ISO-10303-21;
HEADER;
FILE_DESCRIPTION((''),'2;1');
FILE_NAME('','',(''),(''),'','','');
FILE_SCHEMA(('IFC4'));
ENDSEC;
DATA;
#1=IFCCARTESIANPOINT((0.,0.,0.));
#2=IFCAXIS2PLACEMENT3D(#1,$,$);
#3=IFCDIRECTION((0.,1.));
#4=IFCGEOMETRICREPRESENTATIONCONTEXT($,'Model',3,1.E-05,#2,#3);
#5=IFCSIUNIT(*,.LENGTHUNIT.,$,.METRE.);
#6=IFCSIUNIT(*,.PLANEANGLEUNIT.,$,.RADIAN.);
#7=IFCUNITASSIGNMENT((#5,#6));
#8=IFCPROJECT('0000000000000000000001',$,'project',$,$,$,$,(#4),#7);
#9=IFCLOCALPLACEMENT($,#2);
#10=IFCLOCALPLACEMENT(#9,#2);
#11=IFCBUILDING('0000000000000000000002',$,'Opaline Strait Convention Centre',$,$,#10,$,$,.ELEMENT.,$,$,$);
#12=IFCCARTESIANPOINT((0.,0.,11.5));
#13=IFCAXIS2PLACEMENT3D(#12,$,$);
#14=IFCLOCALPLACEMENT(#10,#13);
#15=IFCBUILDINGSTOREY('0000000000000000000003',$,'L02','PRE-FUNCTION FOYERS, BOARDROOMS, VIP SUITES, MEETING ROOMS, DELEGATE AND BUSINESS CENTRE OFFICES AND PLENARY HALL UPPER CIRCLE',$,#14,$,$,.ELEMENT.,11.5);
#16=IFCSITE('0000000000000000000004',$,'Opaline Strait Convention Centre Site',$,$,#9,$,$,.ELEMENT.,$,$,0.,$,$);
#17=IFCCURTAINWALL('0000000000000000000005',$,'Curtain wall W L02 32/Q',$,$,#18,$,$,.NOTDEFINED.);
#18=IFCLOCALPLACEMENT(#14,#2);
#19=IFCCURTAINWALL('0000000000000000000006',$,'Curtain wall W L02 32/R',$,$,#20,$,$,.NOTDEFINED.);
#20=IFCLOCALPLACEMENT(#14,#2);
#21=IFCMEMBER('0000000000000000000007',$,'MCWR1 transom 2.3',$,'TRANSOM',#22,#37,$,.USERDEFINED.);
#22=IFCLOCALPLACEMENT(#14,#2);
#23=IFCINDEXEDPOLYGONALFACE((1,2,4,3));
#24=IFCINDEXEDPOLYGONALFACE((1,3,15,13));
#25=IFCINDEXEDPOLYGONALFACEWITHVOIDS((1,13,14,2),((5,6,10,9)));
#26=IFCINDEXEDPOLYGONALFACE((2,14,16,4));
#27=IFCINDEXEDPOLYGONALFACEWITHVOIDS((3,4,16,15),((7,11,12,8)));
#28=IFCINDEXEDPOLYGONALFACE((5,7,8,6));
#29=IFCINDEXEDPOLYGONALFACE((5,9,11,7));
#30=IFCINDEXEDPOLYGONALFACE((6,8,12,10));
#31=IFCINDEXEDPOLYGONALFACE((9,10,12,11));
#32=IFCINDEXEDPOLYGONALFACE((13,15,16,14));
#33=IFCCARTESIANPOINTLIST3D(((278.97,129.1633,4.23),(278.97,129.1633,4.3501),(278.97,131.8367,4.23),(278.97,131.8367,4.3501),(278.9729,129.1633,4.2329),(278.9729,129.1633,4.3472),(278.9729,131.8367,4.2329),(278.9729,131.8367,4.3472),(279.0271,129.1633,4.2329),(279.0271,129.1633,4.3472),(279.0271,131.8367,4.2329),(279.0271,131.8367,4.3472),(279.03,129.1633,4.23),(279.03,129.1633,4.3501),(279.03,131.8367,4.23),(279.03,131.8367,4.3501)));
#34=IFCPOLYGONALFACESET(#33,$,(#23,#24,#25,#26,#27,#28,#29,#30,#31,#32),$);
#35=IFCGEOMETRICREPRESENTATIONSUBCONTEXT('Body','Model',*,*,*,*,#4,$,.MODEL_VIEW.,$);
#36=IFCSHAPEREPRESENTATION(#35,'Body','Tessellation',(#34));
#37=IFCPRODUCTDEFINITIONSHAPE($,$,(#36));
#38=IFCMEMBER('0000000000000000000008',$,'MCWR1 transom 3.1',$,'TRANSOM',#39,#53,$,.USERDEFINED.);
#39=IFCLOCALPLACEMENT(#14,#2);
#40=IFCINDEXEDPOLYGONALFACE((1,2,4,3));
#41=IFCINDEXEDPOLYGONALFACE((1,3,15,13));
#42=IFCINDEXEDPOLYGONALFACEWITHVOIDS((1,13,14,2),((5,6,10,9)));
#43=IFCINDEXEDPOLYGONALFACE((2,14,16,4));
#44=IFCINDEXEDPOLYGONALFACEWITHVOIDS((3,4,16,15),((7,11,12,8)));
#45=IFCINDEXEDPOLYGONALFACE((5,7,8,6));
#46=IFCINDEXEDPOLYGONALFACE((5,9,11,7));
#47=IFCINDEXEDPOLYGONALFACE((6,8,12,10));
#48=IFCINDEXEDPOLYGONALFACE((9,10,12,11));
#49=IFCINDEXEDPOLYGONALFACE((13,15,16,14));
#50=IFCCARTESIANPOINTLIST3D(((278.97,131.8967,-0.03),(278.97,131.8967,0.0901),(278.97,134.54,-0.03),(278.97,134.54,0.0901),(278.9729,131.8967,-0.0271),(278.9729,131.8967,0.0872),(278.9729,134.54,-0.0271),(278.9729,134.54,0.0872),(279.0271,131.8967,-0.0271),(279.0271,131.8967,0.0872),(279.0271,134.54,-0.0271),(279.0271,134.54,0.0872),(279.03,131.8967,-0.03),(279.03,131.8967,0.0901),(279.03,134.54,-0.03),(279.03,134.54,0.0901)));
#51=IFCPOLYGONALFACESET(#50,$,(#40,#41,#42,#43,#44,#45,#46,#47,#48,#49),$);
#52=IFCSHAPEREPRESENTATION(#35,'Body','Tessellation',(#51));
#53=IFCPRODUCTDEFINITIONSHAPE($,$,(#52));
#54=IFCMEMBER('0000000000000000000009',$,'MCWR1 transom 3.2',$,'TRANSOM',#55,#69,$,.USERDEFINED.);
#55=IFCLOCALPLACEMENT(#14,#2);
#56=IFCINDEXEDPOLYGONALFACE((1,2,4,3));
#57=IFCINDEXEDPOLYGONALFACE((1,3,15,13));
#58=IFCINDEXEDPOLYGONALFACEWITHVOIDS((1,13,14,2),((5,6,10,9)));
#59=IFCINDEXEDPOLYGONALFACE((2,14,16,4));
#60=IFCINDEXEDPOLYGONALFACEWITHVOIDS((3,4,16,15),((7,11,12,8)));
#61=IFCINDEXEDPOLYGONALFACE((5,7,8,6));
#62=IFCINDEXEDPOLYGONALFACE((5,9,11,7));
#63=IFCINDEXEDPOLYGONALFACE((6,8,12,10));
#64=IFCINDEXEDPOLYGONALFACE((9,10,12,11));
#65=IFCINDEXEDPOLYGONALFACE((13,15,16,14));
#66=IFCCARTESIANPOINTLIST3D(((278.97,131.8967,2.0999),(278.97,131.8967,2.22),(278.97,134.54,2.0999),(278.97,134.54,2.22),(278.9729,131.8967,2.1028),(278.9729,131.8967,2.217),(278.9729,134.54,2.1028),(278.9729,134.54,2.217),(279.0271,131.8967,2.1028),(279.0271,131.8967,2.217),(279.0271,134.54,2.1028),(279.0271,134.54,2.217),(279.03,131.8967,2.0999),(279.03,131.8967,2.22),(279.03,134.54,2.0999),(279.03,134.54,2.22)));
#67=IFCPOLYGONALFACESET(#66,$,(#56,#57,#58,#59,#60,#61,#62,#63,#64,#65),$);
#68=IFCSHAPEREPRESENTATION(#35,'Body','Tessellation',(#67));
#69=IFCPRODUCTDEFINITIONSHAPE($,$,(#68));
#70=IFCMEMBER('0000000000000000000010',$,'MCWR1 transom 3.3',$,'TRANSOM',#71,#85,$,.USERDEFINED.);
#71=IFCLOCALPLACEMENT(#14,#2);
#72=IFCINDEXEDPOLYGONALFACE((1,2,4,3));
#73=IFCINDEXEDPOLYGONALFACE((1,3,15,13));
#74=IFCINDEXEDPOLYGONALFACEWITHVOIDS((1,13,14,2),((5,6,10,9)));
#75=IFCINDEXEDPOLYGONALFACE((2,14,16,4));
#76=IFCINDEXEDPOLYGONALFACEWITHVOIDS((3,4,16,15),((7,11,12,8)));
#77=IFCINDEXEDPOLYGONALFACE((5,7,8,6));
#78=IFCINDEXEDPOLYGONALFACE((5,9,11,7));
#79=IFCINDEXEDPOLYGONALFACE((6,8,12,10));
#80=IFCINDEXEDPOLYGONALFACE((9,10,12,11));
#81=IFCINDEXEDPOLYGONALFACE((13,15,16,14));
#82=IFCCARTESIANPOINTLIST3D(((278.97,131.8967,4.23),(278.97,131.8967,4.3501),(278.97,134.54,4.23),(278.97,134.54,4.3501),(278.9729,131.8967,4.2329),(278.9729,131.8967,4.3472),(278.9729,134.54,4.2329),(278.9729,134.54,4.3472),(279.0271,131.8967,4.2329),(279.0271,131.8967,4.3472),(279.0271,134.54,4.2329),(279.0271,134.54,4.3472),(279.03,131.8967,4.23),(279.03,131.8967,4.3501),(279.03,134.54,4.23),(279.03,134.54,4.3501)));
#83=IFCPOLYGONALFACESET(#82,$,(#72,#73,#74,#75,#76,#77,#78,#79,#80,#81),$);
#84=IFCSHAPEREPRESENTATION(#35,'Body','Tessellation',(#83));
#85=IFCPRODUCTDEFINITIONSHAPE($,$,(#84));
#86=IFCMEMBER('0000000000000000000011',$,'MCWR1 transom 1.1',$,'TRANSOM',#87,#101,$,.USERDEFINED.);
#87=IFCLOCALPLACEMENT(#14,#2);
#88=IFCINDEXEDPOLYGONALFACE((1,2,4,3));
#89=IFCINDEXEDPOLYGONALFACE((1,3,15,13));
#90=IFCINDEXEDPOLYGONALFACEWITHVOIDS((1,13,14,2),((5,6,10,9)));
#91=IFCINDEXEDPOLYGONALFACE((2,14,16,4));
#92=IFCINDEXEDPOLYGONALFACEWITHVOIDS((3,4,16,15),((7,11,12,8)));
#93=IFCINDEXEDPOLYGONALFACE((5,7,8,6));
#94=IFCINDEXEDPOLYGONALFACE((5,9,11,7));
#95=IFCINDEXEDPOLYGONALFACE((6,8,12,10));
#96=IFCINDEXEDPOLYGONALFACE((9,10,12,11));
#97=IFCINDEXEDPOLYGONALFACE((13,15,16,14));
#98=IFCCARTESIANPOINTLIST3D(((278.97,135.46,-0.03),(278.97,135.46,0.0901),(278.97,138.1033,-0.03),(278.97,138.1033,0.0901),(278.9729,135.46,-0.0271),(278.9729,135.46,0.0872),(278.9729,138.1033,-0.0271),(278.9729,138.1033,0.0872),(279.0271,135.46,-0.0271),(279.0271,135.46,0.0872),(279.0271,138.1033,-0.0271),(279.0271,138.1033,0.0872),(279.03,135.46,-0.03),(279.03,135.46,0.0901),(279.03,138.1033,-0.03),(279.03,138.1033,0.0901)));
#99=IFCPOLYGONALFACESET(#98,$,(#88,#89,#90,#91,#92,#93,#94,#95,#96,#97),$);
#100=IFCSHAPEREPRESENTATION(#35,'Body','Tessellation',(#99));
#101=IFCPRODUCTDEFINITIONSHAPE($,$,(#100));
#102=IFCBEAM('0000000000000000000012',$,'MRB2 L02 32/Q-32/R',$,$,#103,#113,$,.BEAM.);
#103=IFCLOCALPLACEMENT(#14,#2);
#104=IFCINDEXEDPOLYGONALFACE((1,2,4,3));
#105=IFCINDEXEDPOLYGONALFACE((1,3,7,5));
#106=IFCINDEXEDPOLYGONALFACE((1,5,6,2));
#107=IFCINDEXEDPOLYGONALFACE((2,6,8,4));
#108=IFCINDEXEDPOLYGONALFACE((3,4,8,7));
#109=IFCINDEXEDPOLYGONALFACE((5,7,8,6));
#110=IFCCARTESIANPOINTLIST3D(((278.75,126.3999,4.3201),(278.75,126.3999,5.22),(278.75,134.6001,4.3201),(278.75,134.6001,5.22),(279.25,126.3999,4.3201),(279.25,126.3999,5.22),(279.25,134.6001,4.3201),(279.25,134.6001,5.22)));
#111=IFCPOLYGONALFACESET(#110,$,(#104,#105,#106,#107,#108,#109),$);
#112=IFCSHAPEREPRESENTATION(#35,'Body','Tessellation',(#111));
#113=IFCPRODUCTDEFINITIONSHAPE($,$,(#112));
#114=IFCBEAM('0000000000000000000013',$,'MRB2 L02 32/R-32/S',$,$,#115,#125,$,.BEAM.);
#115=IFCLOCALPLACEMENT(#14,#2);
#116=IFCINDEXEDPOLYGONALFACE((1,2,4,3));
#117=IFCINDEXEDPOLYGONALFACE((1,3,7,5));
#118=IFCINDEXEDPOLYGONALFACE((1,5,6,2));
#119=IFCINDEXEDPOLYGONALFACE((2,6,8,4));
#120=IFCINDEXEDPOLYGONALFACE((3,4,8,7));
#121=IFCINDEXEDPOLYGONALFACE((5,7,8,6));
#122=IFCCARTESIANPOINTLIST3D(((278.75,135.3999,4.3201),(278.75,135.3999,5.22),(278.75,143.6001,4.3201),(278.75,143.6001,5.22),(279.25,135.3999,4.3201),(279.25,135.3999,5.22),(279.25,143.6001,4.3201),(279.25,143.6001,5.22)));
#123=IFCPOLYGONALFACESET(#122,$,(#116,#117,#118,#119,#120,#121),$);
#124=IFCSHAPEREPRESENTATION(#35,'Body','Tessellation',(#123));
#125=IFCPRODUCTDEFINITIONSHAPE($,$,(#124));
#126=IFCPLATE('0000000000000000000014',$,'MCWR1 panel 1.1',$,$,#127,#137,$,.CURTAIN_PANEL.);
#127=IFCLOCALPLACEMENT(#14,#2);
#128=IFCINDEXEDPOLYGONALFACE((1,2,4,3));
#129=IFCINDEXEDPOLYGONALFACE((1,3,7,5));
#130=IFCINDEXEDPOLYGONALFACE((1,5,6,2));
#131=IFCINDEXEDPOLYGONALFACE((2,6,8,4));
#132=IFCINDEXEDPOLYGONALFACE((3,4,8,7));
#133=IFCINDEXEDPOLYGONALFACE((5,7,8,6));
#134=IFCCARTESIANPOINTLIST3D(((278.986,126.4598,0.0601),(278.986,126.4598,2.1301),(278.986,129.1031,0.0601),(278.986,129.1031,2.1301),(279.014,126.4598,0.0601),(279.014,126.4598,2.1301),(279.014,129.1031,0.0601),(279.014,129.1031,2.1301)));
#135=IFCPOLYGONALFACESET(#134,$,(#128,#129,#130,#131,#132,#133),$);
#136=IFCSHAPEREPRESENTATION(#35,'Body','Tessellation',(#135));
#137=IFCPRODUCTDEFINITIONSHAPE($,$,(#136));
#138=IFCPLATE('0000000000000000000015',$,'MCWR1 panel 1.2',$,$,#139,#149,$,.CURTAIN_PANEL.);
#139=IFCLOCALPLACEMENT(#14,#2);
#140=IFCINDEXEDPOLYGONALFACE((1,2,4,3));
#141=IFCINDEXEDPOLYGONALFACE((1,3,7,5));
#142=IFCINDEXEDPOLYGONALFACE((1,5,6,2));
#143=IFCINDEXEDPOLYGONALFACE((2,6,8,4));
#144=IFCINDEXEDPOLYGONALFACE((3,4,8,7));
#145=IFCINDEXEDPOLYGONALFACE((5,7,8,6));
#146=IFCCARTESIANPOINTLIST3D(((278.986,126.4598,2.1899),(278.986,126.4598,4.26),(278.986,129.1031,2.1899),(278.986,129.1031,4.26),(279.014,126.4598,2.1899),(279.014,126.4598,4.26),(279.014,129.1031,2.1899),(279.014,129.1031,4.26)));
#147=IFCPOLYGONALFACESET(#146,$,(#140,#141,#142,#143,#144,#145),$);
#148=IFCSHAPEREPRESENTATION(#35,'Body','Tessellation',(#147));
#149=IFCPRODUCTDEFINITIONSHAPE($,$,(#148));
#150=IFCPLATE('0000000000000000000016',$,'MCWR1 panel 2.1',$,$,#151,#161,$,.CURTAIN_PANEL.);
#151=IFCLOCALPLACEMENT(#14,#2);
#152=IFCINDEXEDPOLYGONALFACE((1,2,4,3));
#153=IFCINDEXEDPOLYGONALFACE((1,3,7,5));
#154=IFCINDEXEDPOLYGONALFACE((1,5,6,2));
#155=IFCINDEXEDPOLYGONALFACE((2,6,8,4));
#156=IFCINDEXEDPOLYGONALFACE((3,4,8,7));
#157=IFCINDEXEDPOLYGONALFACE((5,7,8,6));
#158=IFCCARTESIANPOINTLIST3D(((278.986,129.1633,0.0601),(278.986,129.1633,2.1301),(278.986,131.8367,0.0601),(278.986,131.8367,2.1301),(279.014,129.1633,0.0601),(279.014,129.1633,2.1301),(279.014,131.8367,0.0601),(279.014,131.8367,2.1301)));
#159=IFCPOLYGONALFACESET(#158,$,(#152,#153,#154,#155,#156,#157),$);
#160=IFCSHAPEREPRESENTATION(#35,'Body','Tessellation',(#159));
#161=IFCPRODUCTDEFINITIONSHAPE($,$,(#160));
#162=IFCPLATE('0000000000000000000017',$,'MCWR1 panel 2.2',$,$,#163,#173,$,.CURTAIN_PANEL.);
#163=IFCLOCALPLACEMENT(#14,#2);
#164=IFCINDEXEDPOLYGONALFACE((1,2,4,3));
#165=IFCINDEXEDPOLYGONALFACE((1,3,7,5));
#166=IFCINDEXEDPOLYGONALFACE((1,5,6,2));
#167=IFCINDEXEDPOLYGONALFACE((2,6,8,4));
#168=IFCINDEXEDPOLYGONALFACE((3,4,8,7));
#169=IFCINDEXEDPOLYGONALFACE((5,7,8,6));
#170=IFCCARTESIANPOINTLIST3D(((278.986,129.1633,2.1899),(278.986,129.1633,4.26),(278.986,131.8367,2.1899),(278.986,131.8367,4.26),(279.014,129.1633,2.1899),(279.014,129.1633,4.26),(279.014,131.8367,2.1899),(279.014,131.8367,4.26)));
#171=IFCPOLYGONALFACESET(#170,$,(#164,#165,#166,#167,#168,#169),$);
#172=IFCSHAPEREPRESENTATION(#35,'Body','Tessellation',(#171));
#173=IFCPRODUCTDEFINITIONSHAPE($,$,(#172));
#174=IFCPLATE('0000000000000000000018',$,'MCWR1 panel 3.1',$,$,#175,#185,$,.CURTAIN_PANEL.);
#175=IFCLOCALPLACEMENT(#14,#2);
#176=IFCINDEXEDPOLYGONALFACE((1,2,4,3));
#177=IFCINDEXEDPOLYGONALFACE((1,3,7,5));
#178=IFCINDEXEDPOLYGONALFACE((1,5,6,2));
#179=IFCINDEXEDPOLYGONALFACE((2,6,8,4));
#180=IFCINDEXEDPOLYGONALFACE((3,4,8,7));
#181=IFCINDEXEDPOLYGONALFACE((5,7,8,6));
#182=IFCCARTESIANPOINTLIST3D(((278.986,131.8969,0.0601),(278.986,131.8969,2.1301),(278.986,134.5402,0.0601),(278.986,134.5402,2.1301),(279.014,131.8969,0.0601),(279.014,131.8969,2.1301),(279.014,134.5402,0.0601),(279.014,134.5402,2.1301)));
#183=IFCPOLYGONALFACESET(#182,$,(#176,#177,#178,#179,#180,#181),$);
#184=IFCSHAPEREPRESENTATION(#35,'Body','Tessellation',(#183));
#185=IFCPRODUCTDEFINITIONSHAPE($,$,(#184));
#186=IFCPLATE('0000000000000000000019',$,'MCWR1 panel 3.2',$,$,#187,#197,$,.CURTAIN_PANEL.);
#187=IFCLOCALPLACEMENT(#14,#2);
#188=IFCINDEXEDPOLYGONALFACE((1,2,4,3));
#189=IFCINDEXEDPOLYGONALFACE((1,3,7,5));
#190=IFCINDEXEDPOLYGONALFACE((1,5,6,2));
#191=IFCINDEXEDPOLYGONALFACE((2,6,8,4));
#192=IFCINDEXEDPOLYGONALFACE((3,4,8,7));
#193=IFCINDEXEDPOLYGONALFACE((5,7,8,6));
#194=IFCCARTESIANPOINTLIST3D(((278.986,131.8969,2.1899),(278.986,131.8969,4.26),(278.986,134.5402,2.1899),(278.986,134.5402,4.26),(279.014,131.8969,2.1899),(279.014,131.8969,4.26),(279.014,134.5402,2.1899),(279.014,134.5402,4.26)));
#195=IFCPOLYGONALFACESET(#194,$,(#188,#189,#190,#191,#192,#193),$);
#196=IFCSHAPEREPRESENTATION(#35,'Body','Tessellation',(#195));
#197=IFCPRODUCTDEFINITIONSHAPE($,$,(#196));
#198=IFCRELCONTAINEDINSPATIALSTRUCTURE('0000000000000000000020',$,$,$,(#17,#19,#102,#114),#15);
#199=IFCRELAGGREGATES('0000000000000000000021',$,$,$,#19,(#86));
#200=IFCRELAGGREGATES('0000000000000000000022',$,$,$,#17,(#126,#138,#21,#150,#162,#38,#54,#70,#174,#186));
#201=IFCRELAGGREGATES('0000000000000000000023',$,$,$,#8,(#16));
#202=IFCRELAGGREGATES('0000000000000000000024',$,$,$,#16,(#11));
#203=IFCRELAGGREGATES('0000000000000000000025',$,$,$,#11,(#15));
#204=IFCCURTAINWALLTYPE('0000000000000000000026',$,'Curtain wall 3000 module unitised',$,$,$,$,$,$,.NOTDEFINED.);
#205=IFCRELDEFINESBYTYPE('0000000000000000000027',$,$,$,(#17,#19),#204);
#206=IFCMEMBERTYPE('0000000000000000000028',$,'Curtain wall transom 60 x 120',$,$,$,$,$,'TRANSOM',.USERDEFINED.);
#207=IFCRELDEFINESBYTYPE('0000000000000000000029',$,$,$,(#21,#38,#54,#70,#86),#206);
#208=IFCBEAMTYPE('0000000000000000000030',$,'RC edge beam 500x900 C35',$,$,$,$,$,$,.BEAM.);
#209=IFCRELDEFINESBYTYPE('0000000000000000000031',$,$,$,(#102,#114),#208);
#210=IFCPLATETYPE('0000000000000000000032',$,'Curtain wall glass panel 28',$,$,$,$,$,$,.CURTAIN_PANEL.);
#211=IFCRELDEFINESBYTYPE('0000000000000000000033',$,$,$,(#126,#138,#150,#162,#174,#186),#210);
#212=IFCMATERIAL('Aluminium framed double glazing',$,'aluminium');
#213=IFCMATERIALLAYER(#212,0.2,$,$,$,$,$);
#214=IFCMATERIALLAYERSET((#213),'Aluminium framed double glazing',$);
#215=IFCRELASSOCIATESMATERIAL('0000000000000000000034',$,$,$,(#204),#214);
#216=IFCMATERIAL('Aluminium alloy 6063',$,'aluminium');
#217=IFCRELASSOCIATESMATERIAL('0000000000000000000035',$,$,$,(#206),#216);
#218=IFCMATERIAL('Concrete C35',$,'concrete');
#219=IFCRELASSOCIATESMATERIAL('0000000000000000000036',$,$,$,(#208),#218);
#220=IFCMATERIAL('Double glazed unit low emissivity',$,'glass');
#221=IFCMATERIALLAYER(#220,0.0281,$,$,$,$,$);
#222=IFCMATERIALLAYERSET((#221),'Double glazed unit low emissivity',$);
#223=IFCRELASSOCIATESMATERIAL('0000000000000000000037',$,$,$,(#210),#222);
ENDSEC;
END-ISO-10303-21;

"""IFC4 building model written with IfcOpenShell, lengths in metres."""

from ifc_helpers import new_model, si_unit, direction, frame, origin, origin_2d, place, context, subcontext, project, spatial, rectangle, hollow_rectangle, extrude, material, layer, layer_set, material_profile, profile_set, type_object, element, aggregate, save


model = new_model("IFC4")

# Units and contexts
model_context = context("Model", 3, precision=1e-05, world=origin(), true_north=direction((0.0, 1.0)))
body_context = subcontext(model_context, "Body", "Model", "MODEL_VIEW")
ifc_project = project(units=[si_unit("LENGTHUNIT", "METRE"), si_unit("PLANEANGLEUNIT", "RADIAN")], contexts=[model_context])

# Site, building, storey
site_placement = place(None, origin())
site = spatial("IfcSite", under=ifc_project, at=site_placement, Name="Opaline Strait Convention Centre Site", CompositionType="ELEMENT", RefElevation=0.0)
building_placement = place(site_placement, origin())
building = spatial("IfcBuilding", under=site, at=building_placement, Name="Opaline Strait Convention Centre", CompositionType="ELEMENT")
storey_placement = place(building_placement, frame((0.0, 0.0, 11.5)))
storey = spatial("IfcBuildingStorey", under=building, at=storey_placement, Name="L02", Description="PRE-FUNCTION FOYERS, BOARDROOMS, VIP SUITES, MEETING ROOMS, DELEGATE AND BUSINESS CENTRE OFFICES AND PLENARY HALL UPPER CIRCLE", CompositionType="ELEMENT", Elevation=11.5)

# Curtain wall
ifc_material_1 = material(Name="Aluminium framed double glazing", Category="aluminium")
ifc_layer_1 = layer(ifc_material_1, 0.2)
ifc_layer_set_1 = layer_set([ifc_layer_1], Name="Aluminium framed double glazing")
curtain_wall_type = type_object("IfcCurtainWallType", Name="Curtain wall 3000 module unitised", PredefinedType="NOTDEFINED", material=ifc_layer_set_1)
curtain_wall_1_placement = place(storey_placement, origin())
curtain_wall_1 = element("IfcCurtainWall", 1, at=curtain_wall_1_placement, inside=storey, type_object=curtain_wall_type, Name="Curtain wall W L02 32/Q", PredefinedType="NOTDEFINED")
ifc_material_2 = material(Name="Aluminium alloy 6063", Category="aluminium")

# Curtain wall
curtain_wall_2_placement = place(storey_placement, origin())
curtain_wall_2 = element("IfcCurtainWall", 2, at=curtain_wall_2_placement, inside=storey, type_object=curtain_wall_type, Name="Curtain wall W L02 32/R", PredefinedType="NOTDEFINED")

# Members
ifc_material_profile_1 = material_profile(ifc_material_2, hollow_rectangle(XDim=0.0601, YDim=0.1201, WallThickness=0.0029, at=origin_2d()), Name="TRANSOM 60x120x3")
ifc_profile_set_1 = profile_set([ifc_material_profile_1], Name="Aluminium alloy 6063")
member_type_1 = type_object("IfcMemberType", Name="Curtain wall transom 60 x 120", ElementType="TRANSOM", PredefinedType="USERDEFINED", material=ifc_profile_set_1)
member_1_placement = place(storey_placement, frame((279.0, 129.1633, 4.29), z_axis=(0.0, 1.0, 0.0), x_axis=(-1.0, 0.0, 0.0)))
member_1 = element("IfcMember", 3, at=member_1_placement, type_object=member_type_1, Name="MCWR1 transom 2.3", ObjectType="TRANSOM", PredefinedType="USERDEFINED", context=body_context, shape_type="SweptSolid", body=[
    extrude(hollow_rectangle(XDim=0.0601, YDim=0.1201, WallThickness=0.0029, at=origin_2d()), origin(), (0.0, 0.0, 1.0), 2.6733),
])
member_2_placement = place(storey_placement, frame((279.0, 131.8967, 0.03), z_axis=(0.0, 1.0, 0.0), x_axis=(-1.0, 0.0, 0.0)))
member_2 = element("IfcMember", 4, at=member_2_placement, type_object=member_type_1, Name="MCWR1 transom 3.1", ObjectType="TRANSOM", PredefinedType="USERDEFINED", context=body_context, shape_type="SweptSolid", body=[
    extrude(hollow_rectangle(XDim=0.0601, YDim=0.1201, WallThickness=0.0029, at=origin_2d()), origin(), (0.0, 0.0, 1.0), 2.6433),
])
member_3_placement = place(storey_placement, frame((279.0, 131.8967, 2.1599), z_axis=(0.0, 1.0, 0.0), x_axis=(-1.0, 0.0, 0.0)))
member_3 = element("IfcMember", 5, at=member_3_placement, type_object=member_type_1, Name="MCWR1 transom 3.2", ObjectType="TRANSOM", PredefinedType="USERDEFINED", context=body_context, shape_type="SweptSolid", body=[
    extrude(hollow_rectangle(XDim=0.0601, YDim=0.1201, WallThickness=0.0029, at=origin_2d()), origin(), (0.0, 0.0, 1.0), 2.6433),
])
member_4_placement = place(storey_placement, frame((279.0, 131.8967, 4.29), z_axis=(0.0, 1.0, 0.0), x_axis=(-1.0, 0.0, 0.0)))
member_4 = element("IfcMember", 6, at=member_4_placement, type_object=member_type_1, Name="MCWR1 transom 3.3", ObjectType="TRANSOM", PredefinedType="USERDEFINED", context=body_context, shape_type="SweptSolid", body=[
    extrude(hollow_rectangle(XDim=0.0601, YDim=0.1201, WallThickness=0.0029, at=origin_2d()), origin(), (0.0, 0.0, 1.0), 2.6433),
])
member_5_placement = place(storey_placement, frame((279.0, 135.46, 0.03), z_axis=(0.0, 1.0, 0.0), x_axis=(-1.0, 0.0, 0.0)))
member_5 = element("IfcMember", 7, at=member_5_placement, type_object=member_type_1, Name="MCWR1 transom 1.1", ObjectType="TRANSOM", PredefinedType="USERDEFINED", context=body_context, shape_type="SweptSolid", body=[
    extrude(hollow_rectangle(XDim=0.0601, YDim=0.1201, WallThickness=0.0029, at=origin_2d()), origin(), (0.0, 0.0, 1.0), 2.6433),
])
aggregate(curtain_wall_2, [member_5])

# Beams
ifc_material_3 = material(Name="Concrete C35", Category="concrete")
ifc_material_profile_2 = material_profile(ifc_material_3, rectangle(XDim=0.5, YDim=0.8999, at=origin_2d()), Name="RC 500x900")
ifc_profile_set_2 = profile_set([ifc_material_profile_2], Name="Concrete C35")
beam_type = type_object("IfcBeamType", Name="RC edge beam 500x900 C35", PredefinedType="BEAM", material=ifc_profile_set_2)
for number, where, z_axis, x_axis, name in (
    (8, (279.0, 126.3999, 4.77), (0.0, 1.0, 0.0), (-1.0, 0.0, 0.0), "MRB2 L02 32/Q-32/R"),
    (9, (279.0, 135.3999, 4.77), (0.0, 1.0, 0.0), (-1.0, 0.0, 0.0), "MRB2 L02 32/R-32/S"),
):
    element("IfcBeam", number, at=place(storey_placement, frame(where, z_axis=z_axis, x_axis=x_axis)), inside=storey, type_object=beam_type, Name=name, PredefinedType="BEAM", context=body_context, shape_type="SweptSolid", body=[
        extrude(rectangle(XDim=0.5, YDim=0.8999, at=origin_2d()), origin(), (0.0, 0.0, 1.0), 8.2002),
    ])

# Plates
ifc_material_4 = material(Name="Double glazed unit low emissivity", Category="glass")
ifc_layer_2 = layer(ifc_material_4, 0.0281)
ifc_layer_set_2 = layer_set([ifc_layer_2], Name="Double glazed unit low emissivity")
plate_type = type_object("IfcPlateType", Name="Curtain wall glass panel 28", PredefinedType="CURTAIN_PANEL", material=ifc_layer_set_2)
plate_1_placement = place(storey_placement, frame((279.0, 127.7815, 0.0601), z_axis=(0.0, 0.0, 1.0), x_axis=(0.0, 1.0, 0.0)))
plate_1 = element("IfcPlate", 10, at=plate_1_placement, type_object=plate_type, Name="MCWR1 panel 1.1", PredefinedType="CURTAIN_PANEL", context=body_context, shape_type="SweptSolid", body=[
    extrude(rectangle(XDim=2.6433, YDim=0.0281, at=origin_2d()), origin(), (0.0, 0.0, 1.0), 2.0701),
])
plate_2_placement = place(storey_placement, frame((279.0, 127.7815, 2.1899), z_axis=(0.0, 0.0, 1.0), x_axis=(0.0, 1.0, 0.0)))
plate_2 = element("IfcPlate", 11, at=plate_2_placement, type_object=plate_type, Name="MCWR1 panel 1.2", PredefinedType="CURTAIN_PANEL", context=body_context, shape_type="SweptSolid", body=[
    extrude(rectangle(XDim=2.6433, YDim=0.0281, at=origin_2d()), origin(), (0.0, 0.0, 1.0), 2.0701),
])
plate_3_placement = place(storey_placement, frame((279.0, 130.5, 0.0601), z_axis=(0.0, 0.0, 1.0), x_axis=(0.0, 1.0, 0.0)))
plate_3 = element("IfcPlate", 12, at=plate_3_placement, type_object=plate_type, Name="MCWR1 panel 2.1", PredefinedType="CURTAIN_PANEL", context=body_context, shape_type="SweptSolid", body=[
    extrude(rectangle(XDim=2.6733, YDim=0.0281, at=origin_2d()), origin(), (0.0, 0.0, 1.0), 2.0701),
])
plate_4_placement = place(storey_placement, frame((279.0, 130.5, 2.1899), z_axis=(0.0, 0.0, 1.0), x_axis=(0.0, 1.0, 0.0)))
plate_4 = element("IfcPlate", 13, at=plate_4_placement, type_object=plate_type, Name="MCWR1 panel 2.2", PredefinedType="CURTAIN_PANEL", context=body_context, shape_type="SweptSolid", body=[
    extrude(rectangle(XDim=2.6733, YDim=0.0281, at=origin_2d()), origin(), (0.0, 0.0, 1.0), 2.0701),
])
plate_5_placement = place(storey_placement, frame((279.0, 133.2185, 0.0601), z_axis=(0.0, 0.0, 1.0), x_axis=(0.0, 1.0, 0.0)))
plate_5 = element("IfcPlate", 14, at=plate_5_placement, type_object=plate_type, Name="MCWR1 panel 3.1", PredefinedType="CURTAIN_PANEL", context=body_context, shape_type="SweptSolid", body=[
    extrude(rectangle(XDim=2.6433, YDim=0.0281, at=origin_2d()), origin(), (0.0, 0.0, 1.0), 2.0701),
])
plate_6_placement = place(storey_placement, frame((279.0, 133.2185, 2.1899), z_axis=(0.0, 0.0, 1.0), x_axis=(0.0, 1.0, 0.0)))
plate_6 = element("IfcPlate", 15, at=plate_6_placement, type_object=plate_type, Name="MCWR1 panel 3.2", PredefinedType="CURTAIN_PANEL", context=body_context, shape_type="SweptSolid", body=[
    extrude(rectangle(XDim=2.6433, YDim=0.0281, at=origin_2d()), origin(), (0.0, 0.0, 1.0), 2.0701),
])
aggregate(curtain_wall_1, [plate_1, plate_2, member_1, plate_3, plate_4, member_2, member_3, member_4, plate_5, plate_6])

save(model, "model.ifc")
